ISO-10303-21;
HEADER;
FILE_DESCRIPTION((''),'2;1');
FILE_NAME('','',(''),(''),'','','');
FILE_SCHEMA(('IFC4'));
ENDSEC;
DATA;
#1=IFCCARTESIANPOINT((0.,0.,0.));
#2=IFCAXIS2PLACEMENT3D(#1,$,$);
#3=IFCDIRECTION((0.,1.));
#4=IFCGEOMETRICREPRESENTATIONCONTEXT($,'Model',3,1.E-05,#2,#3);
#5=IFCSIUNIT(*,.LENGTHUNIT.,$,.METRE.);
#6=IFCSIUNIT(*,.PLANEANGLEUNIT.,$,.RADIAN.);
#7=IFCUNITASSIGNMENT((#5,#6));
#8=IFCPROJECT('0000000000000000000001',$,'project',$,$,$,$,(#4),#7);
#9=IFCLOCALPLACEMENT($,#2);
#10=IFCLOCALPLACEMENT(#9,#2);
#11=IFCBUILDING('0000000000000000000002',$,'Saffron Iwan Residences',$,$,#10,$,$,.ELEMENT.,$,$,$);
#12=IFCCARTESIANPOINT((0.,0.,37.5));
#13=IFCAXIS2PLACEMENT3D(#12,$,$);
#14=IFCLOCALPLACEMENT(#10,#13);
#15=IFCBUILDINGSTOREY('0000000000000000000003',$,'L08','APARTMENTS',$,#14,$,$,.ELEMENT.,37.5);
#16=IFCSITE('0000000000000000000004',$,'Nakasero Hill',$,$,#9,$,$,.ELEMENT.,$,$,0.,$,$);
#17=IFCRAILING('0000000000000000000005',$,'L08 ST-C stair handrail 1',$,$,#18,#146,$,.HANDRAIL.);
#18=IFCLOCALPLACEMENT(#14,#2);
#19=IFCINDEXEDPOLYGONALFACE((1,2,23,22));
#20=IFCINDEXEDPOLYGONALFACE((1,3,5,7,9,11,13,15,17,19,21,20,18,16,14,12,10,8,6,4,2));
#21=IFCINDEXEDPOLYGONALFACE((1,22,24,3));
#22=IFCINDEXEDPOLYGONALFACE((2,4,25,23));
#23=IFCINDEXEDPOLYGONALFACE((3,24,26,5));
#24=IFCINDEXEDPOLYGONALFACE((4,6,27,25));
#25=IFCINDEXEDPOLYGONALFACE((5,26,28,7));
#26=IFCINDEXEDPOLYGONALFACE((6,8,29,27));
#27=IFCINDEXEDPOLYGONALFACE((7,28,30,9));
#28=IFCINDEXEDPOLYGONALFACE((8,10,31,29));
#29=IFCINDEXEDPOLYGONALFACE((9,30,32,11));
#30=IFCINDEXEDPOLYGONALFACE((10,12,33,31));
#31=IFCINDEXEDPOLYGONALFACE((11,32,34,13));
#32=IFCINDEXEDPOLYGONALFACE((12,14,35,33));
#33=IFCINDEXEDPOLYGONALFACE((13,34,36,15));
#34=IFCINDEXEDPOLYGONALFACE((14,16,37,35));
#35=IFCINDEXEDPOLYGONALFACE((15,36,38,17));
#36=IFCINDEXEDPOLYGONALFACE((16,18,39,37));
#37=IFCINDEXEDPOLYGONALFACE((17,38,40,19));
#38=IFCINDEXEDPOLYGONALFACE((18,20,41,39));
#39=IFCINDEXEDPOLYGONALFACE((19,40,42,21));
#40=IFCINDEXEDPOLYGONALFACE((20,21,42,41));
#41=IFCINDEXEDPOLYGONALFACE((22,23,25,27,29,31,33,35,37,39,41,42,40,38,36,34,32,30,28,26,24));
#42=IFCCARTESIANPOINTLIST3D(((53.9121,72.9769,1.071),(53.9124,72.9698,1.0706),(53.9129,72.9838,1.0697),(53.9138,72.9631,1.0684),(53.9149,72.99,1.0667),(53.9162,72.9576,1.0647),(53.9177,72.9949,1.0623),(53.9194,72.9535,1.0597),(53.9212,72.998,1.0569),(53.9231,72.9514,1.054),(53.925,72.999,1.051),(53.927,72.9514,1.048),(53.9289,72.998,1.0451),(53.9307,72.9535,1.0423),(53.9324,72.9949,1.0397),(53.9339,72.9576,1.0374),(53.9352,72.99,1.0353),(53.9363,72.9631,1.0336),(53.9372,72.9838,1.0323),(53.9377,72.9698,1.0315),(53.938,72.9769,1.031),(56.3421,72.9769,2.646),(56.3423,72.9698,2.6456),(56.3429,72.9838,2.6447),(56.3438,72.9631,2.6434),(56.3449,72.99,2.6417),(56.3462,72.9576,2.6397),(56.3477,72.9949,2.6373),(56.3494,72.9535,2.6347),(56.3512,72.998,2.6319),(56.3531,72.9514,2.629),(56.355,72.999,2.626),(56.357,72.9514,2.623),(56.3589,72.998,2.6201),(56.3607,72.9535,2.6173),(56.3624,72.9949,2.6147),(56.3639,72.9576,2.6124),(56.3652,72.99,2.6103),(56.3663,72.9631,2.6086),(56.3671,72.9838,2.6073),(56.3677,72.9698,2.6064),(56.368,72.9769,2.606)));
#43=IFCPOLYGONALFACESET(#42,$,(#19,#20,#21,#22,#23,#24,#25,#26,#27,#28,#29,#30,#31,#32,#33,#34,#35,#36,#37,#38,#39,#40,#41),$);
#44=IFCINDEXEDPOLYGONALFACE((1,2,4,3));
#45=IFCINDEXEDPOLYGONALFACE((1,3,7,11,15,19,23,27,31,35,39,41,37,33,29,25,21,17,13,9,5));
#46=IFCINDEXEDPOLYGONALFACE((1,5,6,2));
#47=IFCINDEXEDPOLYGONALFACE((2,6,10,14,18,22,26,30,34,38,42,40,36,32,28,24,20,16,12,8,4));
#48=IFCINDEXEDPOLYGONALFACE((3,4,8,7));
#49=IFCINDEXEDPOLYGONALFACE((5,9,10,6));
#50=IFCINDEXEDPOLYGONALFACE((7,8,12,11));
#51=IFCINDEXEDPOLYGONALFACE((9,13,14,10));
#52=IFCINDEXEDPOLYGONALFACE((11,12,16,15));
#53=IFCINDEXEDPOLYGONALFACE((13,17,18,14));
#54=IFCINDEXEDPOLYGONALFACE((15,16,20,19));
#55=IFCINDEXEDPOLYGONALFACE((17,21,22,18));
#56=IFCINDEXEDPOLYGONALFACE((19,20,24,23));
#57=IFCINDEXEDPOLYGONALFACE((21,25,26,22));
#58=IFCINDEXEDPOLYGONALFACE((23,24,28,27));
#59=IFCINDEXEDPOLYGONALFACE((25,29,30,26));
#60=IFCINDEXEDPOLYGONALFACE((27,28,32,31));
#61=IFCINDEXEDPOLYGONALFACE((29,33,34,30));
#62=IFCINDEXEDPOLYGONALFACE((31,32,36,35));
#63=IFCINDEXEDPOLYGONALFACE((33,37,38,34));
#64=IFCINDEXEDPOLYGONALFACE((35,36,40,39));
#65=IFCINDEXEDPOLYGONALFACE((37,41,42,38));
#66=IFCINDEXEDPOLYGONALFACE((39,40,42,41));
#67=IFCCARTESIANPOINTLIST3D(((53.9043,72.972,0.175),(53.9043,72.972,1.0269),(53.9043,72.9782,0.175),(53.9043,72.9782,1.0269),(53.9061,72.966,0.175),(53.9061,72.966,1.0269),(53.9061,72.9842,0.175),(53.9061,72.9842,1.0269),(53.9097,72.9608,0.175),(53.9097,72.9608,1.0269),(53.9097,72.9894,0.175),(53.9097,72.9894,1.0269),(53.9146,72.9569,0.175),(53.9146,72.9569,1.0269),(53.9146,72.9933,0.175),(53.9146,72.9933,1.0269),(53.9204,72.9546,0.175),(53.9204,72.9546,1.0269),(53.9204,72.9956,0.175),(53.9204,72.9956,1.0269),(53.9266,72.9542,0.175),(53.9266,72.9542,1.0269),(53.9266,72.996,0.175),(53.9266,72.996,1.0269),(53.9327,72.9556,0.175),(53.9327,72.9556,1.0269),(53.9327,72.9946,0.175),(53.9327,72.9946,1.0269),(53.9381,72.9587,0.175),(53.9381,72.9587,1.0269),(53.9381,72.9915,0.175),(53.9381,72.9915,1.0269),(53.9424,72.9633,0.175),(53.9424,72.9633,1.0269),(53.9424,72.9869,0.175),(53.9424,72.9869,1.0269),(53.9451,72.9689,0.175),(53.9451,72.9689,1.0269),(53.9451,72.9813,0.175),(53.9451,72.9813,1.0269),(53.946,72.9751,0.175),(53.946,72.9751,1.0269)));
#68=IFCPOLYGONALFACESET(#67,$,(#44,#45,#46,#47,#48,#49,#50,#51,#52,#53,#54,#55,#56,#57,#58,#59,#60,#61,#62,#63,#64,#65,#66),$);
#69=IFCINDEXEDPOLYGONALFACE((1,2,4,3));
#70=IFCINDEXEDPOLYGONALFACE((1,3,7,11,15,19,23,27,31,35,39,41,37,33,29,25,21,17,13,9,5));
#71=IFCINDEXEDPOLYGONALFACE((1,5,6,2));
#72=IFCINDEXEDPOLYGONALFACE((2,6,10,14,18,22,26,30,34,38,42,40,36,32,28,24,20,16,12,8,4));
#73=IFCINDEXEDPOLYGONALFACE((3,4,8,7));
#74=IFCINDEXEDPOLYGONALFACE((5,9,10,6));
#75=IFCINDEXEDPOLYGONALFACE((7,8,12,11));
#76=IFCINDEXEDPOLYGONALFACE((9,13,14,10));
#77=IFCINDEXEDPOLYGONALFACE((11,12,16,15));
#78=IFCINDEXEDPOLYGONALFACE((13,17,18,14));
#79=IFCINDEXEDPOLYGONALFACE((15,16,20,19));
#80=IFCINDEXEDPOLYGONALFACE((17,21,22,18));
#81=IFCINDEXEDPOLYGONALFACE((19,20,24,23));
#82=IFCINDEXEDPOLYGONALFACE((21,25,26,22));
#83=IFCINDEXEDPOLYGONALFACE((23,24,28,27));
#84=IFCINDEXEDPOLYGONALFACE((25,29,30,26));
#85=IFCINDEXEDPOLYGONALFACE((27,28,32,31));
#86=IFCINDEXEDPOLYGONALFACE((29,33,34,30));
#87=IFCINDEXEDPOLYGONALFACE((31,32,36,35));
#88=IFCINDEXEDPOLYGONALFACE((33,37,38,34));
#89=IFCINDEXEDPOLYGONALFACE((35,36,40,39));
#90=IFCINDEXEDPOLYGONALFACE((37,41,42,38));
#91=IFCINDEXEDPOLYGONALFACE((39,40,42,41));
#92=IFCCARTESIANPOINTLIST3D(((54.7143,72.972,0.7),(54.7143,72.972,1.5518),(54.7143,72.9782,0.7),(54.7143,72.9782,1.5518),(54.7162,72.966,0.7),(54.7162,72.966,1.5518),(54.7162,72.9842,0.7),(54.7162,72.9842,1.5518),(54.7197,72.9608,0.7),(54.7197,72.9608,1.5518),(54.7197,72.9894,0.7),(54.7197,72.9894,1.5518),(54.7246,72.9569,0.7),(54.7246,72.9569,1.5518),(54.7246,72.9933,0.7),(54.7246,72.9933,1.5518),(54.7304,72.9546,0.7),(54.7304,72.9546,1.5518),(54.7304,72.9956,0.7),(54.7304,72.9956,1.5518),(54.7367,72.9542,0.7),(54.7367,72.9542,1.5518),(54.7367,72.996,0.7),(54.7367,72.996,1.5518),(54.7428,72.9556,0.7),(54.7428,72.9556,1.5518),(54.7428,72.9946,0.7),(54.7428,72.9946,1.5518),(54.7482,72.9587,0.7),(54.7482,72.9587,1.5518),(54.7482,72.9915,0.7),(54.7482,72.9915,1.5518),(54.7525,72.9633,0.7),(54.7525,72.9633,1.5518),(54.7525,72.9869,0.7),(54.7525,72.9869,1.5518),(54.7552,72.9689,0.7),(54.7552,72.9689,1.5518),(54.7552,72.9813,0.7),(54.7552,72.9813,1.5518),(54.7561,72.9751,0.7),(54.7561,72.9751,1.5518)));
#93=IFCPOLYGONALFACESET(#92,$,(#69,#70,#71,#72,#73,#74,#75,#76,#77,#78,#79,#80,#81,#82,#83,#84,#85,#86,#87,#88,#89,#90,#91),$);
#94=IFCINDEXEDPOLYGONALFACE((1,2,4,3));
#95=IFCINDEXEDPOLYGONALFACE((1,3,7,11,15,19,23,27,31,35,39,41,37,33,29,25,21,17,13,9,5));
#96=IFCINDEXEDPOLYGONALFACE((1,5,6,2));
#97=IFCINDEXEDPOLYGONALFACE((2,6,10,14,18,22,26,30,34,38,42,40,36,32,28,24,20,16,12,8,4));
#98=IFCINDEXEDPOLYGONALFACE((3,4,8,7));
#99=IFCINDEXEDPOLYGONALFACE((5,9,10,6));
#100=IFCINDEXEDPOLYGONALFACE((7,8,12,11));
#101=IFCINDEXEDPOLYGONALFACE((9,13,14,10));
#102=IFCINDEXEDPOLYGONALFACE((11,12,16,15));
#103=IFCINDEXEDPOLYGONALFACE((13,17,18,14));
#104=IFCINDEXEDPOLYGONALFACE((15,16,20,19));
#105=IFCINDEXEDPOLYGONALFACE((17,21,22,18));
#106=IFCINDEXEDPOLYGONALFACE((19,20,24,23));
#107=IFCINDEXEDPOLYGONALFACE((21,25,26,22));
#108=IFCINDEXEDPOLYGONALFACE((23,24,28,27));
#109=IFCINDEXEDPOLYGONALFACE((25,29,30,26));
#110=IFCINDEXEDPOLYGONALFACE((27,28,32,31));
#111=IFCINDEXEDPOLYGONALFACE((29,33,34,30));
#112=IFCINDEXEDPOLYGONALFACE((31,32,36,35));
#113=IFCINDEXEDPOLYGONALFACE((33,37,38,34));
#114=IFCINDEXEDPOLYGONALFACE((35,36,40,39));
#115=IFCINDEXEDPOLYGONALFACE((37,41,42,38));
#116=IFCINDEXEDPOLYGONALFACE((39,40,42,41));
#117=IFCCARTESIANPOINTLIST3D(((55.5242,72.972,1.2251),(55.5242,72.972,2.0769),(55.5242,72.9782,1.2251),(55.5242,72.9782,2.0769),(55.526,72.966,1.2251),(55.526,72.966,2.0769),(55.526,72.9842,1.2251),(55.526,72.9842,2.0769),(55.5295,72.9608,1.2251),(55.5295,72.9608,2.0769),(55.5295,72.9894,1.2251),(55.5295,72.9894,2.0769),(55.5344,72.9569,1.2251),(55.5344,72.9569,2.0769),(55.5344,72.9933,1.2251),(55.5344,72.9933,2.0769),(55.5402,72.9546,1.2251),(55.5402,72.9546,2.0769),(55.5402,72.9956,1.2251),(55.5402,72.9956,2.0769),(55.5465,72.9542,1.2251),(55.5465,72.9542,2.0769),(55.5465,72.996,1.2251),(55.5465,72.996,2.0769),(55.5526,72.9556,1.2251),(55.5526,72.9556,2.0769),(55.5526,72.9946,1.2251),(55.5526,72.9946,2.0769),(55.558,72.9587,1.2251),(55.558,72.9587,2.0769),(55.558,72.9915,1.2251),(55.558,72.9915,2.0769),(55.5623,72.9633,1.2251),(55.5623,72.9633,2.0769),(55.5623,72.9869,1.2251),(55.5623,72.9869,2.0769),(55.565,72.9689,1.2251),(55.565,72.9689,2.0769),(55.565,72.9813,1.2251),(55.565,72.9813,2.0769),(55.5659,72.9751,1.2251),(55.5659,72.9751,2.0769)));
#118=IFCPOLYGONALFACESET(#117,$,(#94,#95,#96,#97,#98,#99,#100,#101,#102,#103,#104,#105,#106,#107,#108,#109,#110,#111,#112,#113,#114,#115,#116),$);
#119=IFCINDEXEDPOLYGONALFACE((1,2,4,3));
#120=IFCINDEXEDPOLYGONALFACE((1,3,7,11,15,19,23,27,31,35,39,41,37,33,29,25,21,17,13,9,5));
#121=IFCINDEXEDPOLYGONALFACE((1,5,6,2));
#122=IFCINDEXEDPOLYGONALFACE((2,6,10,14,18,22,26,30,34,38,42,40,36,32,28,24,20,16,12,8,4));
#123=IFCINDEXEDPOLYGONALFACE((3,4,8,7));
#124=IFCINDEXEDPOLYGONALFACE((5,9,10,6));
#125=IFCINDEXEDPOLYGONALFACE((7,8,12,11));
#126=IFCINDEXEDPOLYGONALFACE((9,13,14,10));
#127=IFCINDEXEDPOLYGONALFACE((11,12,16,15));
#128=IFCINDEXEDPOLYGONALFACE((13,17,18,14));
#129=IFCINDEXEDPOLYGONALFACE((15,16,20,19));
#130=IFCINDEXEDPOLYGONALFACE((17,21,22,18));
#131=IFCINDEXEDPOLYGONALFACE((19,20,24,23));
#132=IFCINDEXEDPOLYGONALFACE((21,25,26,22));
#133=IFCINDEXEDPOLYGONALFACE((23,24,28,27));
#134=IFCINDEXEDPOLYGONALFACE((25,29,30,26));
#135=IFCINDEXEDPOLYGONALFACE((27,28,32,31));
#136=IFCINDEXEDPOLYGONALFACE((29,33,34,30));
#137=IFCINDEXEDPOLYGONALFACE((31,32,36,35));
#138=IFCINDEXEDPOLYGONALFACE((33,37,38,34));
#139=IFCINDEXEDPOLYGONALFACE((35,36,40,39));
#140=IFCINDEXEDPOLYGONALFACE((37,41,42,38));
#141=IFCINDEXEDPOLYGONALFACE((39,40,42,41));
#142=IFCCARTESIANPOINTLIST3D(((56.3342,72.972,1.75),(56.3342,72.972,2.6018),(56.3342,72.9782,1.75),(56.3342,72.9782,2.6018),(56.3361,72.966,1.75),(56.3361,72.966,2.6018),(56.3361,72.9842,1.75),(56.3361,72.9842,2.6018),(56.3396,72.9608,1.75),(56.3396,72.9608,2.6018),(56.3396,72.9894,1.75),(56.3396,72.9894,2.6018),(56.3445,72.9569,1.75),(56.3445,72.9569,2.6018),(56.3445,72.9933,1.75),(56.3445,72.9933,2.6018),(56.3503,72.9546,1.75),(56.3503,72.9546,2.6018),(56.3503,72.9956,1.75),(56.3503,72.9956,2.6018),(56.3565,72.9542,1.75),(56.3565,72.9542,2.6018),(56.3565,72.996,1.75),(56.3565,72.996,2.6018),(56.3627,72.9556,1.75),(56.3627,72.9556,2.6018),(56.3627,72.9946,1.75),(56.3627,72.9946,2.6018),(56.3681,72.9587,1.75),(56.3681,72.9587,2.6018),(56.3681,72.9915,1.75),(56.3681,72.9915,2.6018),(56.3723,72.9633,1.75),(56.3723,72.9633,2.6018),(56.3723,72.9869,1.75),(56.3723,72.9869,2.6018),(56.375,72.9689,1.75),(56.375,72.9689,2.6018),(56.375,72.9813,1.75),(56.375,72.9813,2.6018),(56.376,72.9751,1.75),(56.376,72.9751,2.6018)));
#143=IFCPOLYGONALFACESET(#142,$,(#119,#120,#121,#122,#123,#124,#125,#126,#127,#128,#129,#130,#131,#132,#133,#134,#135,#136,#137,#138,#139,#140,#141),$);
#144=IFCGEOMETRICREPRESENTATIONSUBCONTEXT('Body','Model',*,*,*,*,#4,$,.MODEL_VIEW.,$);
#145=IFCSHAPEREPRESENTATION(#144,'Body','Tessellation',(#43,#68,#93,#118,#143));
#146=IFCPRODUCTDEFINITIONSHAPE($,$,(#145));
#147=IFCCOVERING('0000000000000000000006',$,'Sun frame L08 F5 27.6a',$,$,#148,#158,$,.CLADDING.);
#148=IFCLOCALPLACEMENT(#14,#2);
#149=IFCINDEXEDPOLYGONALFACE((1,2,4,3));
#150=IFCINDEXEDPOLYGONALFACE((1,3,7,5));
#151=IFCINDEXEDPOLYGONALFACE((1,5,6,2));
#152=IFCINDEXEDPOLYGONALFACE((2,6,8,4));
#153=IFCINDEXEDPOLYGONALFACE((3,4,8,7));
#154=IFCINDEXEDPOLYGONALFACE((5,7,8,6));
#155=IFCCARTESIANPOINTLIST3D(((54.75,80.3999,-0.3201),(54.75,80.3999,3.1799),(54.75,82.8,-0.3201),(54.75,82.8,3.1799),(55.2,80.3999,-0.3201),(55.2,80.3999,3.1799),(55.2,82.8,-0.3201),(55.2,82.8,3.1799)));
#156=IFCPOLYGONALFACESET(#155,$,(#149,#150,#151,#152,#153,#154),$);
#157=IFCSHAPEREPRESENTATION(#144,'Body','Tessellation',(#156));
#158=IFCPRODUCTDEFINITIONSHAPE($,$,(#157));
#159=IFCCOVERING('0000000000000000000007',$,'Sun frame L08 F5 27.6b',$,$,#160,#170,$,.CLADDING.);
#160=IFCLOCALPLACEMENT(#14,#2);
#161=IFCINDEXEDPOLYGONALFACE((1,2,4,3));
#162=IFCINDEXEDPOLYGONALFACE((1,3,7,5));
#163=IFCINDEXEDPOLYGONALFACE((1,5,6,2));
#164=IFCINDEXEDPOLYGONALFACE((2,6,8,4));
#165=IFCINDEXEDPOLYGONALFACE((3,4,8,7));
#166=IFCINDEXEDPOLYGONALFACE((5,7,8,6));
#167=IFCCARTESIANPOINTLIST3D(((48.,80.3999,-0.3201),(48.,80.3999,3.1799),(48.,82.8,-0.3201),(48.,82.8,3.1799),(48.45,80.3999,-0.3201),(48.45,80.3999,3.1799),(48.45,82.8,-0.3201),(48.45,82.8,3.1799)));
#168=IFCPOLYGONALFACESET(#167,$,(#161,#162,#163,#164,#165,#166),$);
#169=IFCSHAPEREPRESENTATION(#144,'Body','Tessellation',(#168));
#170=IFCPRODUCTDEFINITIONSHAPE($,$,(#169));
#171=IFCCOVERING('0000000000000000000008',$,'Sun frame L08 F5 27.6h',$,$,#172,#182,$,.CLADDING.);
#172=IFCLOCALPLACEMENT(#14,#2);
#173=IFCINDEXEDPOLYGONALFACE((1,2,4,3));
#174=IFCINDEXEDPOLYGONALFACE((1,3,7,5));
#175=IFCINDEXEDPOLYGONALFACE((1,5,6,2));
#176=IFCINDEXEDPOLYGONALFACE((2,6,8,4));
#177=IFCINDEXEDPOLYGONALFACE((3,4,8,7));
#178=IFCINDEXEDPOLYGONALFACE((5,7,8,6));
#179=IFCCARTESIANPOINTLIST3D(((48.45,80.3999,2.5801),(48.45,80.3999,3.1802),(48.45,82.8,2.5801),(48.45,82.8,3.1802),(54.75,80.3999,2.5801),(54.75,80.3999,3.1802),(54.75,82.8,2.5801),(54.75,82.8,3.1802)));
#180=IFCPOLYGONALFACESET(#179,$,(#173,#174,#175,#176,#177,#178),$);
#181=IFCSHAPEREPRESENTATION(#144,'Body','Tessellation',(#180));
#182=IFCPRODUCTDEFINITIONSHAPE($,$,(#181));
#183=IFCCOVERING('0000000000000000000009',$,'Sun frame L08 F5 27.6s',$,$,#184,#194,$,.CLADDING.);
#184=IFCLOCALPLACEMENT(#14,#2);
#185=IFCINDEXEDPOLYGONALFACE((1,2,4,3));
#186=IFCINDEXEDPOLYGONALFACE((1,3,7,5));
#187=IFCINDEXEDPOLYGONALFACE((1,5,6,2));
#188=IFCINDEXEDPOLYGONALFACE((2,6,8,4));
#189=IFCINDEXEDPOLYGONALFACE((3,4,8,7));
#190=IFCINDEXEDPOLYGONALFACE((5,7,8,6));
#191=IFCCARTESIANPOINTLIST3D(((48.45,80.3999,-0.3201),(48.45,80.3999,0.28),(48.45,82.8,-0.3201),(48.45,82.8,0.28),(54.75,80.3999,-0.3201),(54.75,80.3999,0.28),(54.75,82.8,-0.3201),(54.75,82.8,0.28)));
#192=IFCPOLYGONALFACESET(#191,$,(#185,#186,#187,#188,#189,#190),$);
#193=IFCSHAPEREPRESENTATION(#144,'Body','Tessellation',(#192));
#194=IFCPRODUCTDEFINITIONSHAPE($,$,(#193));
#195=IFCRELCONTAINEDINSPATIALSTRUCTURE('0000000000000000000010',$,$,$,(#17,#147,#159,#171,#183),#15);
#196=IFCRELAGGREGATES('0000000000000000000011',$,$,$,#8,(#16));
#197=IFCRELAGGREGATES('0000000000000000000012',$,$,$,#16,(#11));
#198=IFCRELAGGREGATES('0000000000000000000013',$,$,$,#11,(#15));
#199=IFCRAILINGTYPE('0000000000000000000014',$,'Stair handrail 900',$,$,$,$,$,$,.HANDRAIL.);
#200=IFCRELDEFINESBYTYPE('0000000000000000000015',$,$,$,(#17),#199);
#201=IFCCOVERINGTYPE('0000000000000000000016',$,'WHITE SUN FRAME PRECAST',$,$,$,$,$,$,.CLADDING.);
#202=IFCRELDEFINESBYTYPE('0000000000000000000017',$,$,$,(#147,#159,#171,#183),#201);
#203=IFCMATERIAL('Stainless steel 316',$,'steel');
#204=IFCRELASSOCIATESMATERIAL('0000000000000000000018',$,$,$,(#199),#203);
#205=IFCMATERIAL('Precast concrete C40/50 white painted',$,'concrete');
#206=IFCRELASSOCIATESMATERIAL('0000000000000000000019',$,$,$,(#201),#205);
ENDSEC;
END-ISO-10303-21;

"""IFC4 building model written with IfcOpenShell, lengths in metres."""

from ifc_helpers import new_model, si_unit, direction, frame, origin, origin_2d, place, context, subcontext, project, spatial, polyline, circle, outline, extrude, material, type_object, element, save


model = new_model("IFC4")

# Units and contexts
model_context = context("Model", 3, precision=1e-05, world=origin(), true_north=direction((0.0, 1.0)))
body_context = subcontext(model_context, "Body", "Model", "MODEL_VIEW")
ifc_project = project(units=[si_unit("LENGTHUNIT", "METRE"), si_unit("PLANEANGLEUNIT", "RADIAN")], contexts=[model_context])

# Site, building, storey
site_placement = place(None, origin())
site = spatial("IfcSite", under=ifc_project, at=site_placement, Name="Nakasero Hill", CompositionType="ELEMENT", RefElevation=0.0)
building_placement = place(site_placement, origin())
building = spatial("IfcBuilding", under=site, at=building_placement, Name="Saffron Iwan Residences", CompositionType="ELEMENT")
storey_placement = place(building_placement, frame((0.0, 0.0, 37.5)))
storey = spatial("IfcBuildingStorey", under=building, at=storey_placement, Name="L08", Description="APARTMENTS", CompositionType="ELEMENT", Elevation=37.5)

# Railing
ifc_material_1 = material(Name="Stainless steel 316", Category="steel")
railing_type_1 = type_object("IfcRailingType", Name="Stair handrail 900", PredefinedType="HANDRAIL", material=ifc_material_1)
railing_1_placement = place(storey_placement, frame((53.925, 72.9751, 0.175)))
element("IfcRailing", 1, at=railing_1_placement, inside=storey, type_object=railing_type_1, Name="L08 ST-C stair handrail 1", PredefinedType="HANDRAIL", context=body_context, shape_type="SweptSolid", body=[
    extrude(circle(Radius=0.0239, at=origin_2d()), frame((0.0, 0.0, 0.876), z_axis=(0.839154, 0.0, 0.543894), x_axis=(0.0, 1.0, 0.0)), (0.0, 0.0, 1.0), 2.8958),
    extrude(circle(Radius=0.021, at=origin_2d()), origin(), (0.0, 0.0, 1.0), 0.8518),
    extrude(circle(Radius=0.021, at=origin_2d()), frame((0.8101, 0.0, 0.5249)), (0.0, 0.0, 1.0), 0.8518),
    extrude(circle(Radius=0.021, at=origin_2d()), frame((1.6199, 0.0, 1.05)), (0.0, 0.0, 1.0), 0.8518),
    extrude(circle(Radius=0.021, at=origin_2d()), frame((2.4299, 0.0, 1.575)), (0.0, 0.0, 1.0), 0.8518),
])

# Coverings
ifc_material_2 = material(Name="Precast concrete C40/50 white painted", Category="concrete")
covering_type_1 = type_object("IfcCoveringType", Name="WHITE SUN FRAME PRECAST", PredefinedType="CLADDING", material=ifc_material_2)
for number, where, z_axis, x_axis, name in (
    (2, (55.2, 80.3999, -0.3201), (0.0, 1.0, 0.0), (-1.0, 0.0, 0.0), "Sun frame L08 F5 27.6a"),
    (3, (48.45, 80.3999, -0.3201), (0.0, 1.0, 0.0), (-1.0, 0.0, 0.0), "Sun frame L08 F5 27.6b"),
):
    element("IfcCovering", number, at=place(storey_placement, frame(where, z_axis=z_axis, x_axis=x_axis)), inside=storey, type_object=covering_type_1, Name=name, PredefinedType="CLADDING", context=body_context, shape_type="SweptSolid", body=[
        extrude(outline(polyline([(0.0, 0.0), (0.45, 0.0), (0.45, 3.5), (0.0, 3.5), (0.0, 0.0)])), origin(), (0.0, 0.0, 1.0), 2.4001),
    ])
for number, where, z_axis, x_axis, name in (
    (4, (54.75, 80.3999, 2.5801), (0.0, 1.0, 0.0), (-1.0, 0.0, 0.0), "Sun frame L08 F5 27.6h"),
    (5, (54.75, 80.3999, -0.3201), (0.0, 1.0, 0.0), (-1.0, 0.0, 0.0), "Sun frame L08 F5 27.6s"),
):
    element("IfcCovering", number, at=place(storey_placement, frame(where, z_axis=z_axis, x_axis=x_axis)), inside=storey, type_object=covering_type_1, Name=name, PredefinedType="CLADDING", context=body_context, shape_type="SweptSolid", body=[
        extrude(outline(polyline([(0.0, 0.0), (6.3, 0.0), (6.3, 0.6001), (0.0, 0.6001), (0.0, 0.0)])), origin(), (0.0, 0.0, 1.0), 2.4001),
    ])

save(model, "model.ifc")
